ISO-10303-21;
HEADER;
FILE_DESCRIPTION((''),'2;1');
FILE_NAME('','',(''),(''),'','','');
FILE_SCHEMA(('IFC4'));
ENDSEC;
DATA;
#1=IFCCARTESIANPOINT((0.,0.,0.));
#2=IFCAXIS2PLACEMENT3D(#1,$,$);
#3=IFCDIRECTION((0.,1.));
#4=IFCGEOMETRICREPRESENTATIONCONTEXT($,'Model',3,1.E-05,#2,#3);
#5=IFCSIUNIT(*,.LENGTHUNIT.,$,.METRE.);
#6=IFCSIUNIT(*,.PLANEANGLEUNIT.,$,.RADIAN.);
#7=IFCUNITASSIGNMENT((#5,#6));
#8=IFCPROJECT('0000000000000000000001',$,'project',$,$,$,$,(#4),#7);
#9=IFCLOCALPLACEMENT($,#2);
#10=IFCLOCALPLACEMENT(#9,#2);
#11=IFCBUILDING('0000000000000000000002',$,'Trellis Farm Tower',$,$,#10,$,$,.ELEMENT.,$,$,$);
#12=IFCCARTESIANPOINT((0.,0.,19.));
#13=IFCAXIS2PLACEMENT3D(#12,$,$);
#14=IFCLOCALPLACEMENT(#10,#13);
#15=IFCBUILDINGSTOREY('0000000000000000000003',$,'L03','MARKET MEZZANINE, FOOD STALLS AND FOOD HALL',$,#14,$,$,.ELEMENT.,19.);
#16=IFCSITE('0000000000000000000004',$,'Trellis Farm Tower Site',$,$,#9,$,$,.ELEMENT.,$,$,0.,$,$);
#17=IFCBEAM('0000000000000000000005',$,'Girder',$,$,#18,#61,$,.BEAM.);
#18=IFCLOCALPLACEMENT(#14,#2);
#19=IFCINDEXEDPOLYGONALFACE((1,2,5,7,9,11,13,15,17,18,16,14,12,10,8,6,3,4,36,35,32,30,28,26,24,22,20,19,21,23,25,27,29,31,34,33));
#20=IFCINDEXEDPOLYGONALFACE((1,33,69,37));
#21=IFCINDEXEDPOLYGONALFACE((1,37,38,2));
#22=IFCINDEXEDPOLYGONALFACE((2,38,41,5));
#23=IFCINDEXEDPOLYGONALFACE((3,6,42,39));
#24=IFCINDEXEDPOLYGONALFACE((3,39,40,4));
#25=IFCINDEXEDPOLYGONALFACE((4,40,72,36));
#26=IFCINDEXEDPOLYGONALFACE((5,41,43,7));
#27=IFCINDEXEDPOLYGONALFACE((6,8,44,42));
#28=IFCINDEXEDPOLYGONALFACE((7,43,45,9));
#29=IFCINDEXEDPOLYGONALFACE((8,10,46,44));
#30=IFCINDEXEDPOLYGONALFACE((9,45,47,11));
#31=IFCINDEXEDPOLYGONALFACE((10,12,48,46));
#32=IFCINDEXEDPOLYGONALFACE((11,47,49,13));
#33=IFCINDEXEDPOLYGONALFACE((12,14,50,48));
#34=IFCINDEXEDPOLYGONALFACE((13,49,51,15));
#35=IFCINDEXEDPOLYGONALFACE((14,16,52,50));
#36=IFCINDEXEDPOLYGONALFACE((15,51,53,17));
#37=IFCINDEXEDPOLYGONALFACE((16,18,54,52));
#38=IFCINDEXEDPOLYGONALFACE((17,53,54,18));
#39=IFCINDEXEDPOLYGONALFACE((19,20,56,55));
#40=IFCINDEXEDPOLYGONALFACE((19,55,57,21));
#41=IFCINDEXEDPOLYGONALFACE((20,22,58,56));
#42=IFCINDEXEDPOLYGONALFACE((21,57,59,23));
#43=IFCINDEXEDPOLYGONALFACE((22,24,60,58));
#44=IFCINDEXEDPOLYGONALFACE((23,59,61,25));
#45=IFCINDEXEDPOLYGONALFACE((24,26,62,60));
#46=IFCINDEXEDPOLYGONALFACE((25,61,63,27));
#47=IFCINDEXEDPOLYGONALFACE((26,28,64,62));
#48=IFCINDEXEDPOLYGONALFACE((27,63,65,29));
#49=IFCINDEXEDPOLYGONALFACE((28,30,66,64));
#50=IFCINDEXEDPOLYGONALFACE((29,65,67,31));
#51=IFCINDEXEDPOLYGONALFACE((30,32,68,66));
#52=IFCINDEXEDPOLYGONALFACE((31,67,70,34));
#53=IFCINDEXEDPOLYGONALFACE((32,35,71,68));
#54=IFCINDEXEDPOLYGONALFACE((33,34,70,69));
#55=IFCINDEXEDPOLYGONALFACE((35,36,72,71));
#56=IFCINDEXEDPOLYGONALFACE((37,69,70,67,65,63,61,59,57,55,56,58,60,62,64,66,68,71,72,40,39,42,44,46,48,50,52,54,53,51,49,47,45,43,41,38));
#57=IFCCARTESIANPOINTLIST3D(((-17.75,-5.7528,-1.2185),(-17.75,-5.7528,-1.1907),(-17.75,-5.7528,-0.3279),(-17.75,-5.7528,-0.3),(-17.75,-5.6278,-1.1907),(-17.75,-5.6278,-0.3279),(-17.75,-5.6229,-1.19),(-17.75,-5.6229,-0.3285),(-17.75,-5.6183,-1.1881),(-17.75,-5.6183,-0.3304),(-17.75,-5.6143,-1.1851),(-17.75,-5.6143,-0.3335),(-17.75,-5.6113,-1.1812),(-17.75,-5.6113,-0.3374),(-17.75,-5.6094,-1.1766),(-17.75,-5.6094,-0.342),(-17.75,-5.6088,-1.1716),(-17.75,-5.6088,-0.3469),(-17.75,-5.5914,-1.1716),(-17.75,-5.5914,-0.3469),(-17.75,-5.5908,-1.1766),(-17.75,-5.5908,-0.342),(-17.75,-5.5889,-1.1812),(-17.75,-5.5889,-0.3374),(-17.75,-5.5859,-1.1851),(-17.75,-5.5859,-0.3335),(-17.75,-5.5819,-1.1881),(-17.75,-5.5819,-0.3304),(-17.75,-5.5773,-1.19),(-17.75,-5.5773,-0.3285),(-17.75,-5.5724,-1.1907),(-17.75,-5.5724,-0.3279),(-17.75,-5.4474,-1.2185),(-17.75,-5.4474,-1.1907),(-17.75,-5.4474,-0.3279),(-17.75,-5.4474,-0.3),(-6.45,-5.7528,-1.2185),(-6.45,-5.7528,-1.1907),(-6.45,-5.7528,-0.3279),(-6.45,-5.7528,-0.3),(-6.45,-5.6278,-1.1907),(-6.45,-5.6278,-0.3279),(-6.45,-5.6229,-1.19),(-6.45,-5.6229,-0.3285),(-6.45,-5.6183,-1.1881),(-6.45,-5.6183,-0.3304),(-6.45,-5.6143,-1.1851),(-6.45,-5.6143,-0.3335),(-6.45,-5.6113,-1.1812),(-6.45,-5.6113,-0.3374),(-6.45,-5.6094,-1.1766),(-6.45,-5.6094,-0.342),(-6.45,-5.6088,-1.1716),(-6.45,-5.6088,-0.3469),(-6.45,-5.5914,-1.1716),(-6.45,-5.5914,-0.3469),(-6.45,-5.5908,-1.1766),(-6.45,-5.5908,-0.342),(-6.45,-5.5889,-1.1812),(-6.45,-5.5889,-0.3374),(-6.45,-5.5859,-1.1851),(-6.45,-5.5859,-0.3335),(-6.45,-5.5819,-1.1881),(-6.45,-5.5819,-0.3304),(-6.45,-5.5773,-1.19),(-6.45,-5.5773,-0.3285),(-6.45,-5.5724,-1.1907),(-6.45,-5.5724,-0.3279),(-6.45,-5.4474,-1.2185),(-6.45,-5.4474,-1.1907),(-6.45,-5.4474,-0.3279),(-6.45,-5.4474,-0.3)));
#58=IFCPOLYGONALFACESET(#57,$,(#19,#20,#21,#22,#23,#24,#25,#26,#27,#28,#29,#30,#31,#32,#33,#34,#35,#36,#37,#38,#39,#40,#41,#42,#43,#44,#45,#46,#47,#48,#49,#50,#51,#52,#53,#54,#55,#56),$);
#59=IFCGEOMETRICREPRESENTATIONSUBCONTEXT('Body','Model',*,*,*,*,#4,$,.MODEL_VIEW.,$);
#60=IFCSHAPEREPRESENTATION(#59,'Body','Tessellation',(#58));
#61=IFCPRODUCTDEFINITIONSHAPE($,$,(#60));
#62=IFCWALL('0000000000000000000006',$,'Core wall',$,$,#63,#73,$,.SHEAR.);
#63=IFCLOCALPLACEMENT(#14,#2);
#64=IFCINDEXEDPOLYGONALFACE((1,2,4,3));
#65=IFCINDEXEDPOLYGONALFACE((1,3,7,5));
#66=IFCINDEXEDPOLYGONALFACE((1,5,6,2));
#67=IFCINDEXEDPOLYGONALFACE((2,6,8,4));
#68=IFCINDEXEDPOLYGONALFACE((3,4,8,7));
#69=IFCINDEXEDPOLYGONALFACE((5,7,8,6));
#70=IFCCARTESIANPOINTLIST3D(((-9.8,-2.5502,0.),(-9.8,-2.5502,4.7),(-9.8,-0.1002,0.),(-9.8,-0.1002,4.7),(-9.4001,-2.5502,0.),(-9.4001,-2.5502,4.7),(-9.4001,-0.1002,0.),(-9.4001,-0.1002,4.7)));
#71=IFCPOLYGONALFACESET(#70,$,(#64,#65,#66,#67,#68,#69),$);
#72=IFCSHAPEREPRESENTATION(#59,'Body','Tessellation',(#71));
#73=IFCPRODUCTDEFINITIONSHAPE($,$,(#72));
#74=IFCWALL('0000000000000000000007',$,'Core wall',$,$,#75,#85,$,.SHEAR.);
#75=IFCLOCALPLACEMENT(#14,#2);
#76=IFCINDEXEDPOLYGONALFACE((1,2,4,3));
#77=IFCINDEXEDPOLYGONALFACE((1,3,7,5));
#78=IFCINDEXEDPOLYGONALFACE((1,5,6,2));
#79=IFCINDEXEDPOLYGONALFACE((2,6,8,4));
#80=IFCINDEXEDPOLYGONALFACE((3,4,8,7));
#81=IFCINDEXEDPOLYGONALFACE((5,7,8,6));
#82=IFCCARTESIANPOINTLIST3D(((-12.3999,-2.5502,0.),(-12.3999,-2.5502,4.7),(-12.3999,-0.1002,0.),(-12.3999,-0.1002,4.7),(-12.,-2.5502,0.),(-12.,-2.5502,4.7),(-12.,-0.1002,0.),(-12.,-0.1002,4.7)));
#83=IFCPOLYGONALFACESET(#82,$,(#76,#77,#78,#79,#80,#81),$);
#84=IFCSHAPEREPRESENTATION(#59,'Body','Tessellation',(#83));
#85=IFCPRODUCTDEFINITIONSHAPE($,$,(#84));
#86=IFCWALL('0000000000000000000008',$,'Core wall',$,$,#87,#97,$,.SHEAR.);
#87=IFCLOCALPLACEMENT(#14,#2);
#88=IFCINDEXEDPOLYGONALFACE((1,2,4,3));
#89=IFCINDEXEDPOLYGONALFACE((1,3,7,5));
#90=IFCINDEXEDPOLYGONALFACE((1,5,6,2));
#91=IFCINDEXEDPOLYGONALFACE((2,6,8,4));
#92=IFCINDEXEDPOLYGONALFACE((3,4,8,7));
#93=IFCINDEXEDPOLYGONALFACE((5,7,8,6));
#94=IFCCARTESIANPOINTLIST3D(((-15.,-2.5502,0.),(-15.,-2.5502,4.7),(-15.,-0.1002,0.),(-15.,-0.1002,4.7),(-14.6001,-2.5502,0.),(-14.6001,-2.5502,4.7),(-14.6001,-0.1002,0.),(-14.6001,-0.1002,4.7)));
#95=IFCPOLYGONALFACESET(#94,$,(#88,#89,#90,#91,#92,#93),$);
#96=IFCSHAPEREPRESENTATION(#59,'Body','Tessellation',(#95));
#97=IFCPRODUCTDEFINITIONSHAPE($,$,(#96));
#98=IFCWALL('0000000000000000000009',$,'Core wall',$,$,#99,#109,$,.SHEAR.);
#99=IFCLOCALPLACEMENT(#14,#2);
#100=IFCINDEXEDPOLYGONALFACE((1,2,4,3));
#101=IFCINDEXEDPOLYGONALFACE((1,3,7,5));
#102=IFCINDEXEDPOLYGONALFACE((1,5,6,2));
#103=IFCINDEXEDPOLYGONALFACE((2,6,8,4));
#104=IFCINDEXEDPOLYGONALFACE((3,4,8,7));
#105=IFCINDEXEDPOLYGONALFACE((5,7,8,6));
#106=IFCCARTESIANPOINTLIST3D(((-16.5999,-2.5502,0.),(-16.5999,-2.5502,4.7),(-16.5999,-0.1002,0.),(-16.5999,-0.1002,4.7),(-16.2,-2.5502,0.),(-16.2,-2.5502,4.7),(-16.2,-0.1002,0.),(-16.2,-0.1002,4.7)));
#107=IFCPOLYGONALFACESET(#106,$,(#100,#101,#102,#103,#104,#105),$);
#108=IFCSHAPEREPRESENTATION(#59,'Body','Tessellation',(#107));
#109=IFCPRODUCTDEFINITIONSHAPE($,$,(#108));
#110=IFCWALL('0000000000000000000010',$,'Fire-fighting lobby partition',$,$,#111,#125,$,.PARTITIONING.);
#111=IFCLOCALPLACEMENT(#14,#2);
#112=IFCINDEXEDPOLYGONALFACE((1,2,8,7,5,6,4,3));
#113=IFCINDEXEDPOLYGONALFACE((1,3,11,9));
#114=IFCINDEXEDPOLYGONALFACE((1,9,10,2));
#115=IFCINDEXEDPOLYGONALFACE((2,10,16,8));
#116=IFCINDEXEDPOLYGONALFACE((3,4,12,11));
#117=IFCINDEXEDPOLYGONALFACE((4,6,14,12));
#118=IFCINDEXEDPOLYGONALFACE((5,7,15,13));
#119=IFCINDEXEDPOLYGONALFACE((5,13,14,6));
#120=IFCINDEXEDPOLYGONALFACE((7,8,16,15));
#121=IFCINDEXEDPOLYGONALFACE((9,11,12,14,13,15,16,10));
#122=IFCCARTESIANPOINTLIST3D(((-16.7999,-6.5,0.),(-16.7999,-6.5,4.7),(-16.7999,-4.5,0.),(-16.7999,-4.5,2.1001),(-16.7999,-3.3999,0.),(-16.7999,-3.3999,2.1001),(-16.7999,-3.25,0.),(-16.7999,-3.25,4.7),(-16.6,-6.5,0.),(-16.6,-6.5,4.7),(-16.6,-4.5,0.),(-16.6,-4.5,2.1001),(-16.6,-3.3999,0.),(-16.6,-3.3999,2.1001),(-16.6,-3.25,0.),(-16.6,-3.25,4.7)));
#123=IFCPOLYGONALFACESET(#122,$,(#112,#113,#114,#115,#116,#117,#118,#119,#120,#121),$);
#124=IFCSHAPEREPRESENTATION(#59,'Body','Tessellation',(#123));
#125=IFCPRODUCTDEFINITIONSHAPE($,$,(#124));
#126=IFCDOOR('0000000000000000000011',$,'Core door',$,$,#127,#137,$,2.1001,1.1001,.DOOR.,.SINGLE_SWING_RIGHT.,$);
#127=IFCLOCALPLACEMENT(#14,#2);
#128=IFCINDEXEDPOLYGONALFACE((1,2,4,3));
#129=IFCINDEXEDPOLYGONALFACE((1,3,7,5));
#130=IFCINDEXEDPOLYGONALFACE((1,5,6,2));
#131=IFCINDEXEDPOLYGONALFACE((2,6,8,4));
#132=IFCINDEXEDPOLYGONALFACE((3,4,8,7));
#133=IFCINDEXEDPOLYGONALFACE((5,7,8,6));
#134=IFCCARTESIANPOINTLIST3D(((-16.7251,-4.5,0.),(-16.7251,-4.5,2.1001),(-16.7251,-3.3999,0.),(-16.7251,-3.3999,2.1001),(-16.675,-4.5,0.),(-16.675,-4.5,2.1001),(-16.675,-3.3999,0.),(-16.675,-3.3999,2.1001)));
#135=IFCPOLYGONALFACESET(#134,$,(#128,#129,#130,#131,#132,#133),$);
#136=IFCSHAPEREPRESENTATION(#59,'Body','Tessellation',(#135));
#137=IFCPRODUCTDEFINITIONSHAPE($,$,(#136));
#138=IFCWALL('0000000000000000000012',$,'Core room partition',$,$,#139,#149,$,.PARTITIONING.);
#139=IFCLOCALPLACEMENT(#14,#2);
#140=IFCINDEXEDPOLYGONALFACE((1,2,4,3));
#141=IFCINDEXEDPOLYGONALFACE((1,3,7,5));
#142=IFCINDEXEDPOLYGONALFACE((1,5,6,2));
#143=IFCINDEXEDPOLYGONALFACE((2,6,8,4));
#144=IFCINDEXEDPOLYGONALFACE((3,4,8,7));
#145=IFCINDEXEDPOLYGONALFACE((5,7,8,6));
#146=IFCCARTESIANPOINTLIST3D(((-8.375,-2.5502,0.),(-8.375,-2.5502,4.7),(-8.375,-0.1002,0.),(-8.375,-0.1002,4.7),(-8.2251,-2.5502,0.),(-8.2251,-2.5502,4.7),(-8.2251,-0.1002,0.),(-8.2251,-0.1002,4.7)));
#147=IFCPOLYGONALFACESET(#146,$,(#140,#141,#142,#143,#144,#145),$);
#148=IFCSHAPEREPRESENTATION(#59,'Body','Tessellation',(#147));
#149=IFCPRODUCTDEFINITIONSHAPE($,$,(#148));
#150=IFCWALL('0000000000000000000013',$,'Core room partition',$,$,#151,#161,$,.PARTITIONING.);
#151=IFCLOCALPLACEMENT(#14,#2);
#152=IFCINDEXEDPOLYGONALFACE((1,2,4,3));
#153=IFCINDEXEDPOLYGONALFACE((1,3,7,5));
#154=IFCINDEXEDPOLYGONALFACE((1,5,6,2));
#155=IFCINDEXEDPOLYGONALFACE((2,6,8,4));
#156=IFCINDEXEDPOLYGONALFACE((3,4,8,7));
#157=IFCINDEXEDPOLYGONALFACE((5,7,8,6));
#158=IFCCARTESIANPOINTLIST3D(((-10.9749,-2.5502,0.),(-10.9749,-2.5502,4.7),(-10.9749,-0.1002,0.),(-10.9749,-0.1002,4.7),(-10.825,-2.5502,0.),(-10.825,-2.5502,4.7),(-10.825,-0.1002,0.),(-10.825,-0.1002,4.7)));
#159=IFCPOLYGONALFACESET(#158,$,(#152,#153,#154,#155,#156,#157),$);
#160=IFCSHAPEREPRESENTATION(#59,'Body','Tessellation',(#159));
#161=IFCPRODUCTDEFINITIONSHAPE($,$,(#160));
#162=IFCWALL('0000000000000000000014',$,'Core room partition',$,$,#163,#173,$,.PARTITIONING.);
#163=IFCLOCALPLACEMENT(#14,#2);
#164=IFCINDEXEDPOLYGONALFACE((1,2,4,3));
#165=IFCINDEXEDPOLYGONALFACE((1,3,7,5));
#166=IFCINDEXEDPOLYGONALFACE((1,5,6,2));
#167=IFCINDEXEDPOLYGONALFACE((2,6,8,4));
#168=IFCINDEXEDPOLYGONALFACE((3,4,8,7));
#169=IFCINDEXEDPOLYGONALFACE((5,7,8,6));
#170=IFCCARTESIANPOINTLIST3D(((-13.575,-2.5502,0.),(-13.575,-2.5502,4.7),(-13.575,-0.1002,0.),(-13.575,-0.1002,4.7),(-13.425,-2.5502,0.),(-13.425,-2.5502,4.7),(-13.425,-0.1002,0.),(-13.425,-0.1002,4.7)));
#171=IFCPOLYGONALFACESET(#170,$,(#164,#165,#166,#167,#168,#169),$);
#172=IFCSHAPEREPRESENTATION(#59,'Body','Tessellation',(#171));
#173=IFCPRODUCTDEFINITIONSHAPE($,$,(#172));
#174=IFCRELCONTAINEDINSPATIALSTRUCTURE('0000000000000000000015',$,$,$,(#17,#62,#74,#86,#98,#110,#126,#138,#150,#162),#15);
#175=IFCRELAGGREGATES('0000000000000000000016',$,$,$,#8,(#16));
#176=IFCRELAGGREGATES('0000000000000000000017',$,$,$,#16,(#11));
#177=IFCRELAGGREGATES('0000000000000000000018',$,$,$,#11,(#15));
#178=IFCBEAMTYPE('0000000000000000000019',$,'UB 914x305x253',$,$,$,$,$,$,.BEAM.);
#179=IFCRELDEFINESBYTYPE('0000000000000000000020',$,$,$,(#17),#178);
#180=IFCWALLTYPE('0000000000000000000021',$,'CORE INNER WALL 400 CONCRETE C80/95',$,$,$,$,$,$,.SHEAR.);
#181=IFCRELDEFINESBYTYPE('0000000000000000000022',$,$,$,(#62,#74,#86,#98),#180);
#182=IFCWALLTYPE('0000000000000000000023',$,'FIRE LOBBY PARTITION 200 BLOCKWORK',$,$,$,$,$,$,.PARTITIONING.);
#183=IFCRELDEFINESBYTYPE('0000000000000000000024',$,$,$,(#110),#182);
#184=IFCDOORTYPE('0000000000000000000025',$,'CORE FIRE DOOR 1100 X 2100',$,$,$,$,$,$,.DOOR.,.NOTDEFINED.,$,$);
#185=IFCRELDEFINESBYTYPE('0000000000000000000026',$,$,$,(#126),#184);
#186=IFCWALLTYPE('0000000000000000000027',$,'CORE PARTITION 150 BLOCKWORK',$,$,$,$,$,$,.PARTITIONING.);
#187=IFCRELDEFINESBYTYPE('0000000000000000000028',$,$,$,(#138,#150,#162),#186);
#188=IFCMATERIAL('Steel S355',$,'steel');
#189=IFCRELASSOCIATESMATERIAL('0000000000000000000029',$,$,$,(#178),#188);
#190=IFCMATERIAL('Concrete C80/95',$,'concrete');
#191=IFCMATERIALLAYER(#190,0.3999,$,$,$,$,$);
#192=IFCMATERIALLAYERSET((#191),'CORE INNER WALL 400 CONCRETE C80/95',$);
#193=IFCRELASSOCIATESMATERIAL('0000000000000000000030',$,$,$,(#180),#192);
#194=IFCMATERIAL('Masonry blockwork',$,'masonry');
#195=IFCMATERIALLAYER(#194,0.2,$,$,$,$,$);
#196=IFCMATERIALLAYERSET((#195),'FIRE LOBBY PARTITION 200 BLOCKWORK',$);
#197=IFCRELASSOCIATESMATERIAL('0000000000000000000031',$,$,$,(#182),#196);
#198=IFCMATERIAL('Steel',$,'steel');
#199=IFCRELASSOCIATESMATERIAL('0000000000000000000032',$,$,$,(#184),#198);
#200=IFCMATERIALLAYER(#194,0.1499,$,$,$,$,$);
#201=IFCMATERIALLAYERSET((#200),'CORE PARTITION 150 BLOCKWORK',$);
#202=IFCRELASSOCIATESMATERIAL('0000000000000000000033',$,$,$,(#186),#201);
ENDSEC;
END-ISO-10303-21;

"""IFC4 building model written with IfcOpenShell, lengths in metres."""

from ifc_helpers import new_model, si_unit, direction, frame, frame_2d, origin, origin_2d, place, context, subcontext, project, spatial, rectangle, i_section, extrude, source, transform, mapped, material, layer, layer_set, material_profile, profile_set, type_object, element, fill, save


model = new_model("IFC4")

# Units and contexts
model_context = context("Model", 3, precision=1e-05, world=origin(), true_north=direction((0.0, 1.0)))
body_context = subcontext(model_context, "Body", "Model", "MODEL_VIEW")
ifc_project = project(units=[si_unit("LENGTHUNIT", "METRE"), si_unit("PLANEANGLEUNIT", "RADIAN")], contexts=[model_context])

# Site, building, storey
site_placement = place(None, origin())
site = spatial("IfcSite", under=ifc_project, at=site_placement, Name="Trellis Farm Tower Site", CompositionType="ELEMENT", RefElevation=0.0)
building_placement = place(site_placement, origin())
building = spatial("IfcBuilding", under=site, at=building_placement, Name="Trellis Farm Tower", CompositionType="ELEMENT")
storey_placement = place(building_placement, frame((0.0, 0.0, 19.0)))
storey = spatial("IfcBuildingStorey", under=building, at=storey_placement, Name="L03", Description="MARKET MEZZANINE, FOOD STALLS AND FOOD HALL", CompositionType="ELEMENT", Elevation=19.0)

# Beam
ifc_material_1 = material(Name="Steel S355", Category="steel")
ifc_material_profile = material_profile(ifc_material_1, i_section(OverallWidth=0.3054, OverallDepth=0.9185, WebThickness=0.0173, FlangeThickness=0.0278, FilletRadius=0.019, at=origin_2d()), Name="UB 914x305x253")
ifc_profile_set = profile_set([ifc_material_profile], Name="Steel S355")
beam_type = type_object("IfcBeamType", Name="UB 914x305x253", PredefinedType="BEAM", material=ifc_profile_set)
shared_shape_1 = source(origin(), body_context, "Body", "SweptSolid", [
    extrude(i_section(OverallWidth=0.3054, OverallDepth=0.9185, WebThickness=0.0173, FlangeThickness=0.0278, FilletRadius=0.019, at=origin_2d()), origin(), (0.0, 0.0, 1.0), 11.3),
])
beam_placement = place(storey_placement, frame((-17.75, -5.6001, -0.7593), z_axis=(1.0, 0.0, 0.0), x_axis=(0.0, 1.0, 0.0)))
element("IfcBeam", 1, at=beam_placement, inside=storey, type_object=beam_type, Name="Girder", PredefinedType="BEAM", context=body_context, shape_type="MappedRepresentation", body=[
    mapped(shared_shape_1, transform((0.0, 0.0, 0.0))),
])

# Walls
ifc_material_2 = material(Name="Concrete C80/95", Category="concrete")
ifc_layer_1 = layer(ifc_material_2, 0.3999)
ifc_layer_set_1 = layer_set([ifc_layer_1], Name="CORE INNER WALL 400 CONCRETE C80/95")
wall_type_1 = type_object("IfcWallType", Name="CORE INNER WALL 400 CONCRETE C80/95", PredefinedType="SHEAR", material=ifc_layer_set_1)
shared_shape_2 = source(origin(), body_context, "Body", "SweptSolid", [
    extrude(rectangle(XDim=2.45, YDim=0.3999, at=frame_2d((1.2251, 0.0))), origin(), (0.0, 0.0, 1.0), 4.7),
])
for number, where, z_axis, x_axis, name in (
    (2, (-9.6001, -0.1001, 0.0), (0.0, 0.0, 1.0), (0.0, -1.0, 0.0), "Core wall"),
    (3, (-12.2, -0.1001, 0.0), (0.0, 0.0, 1.0), (0.0, -1.0, 0.0), "Core wall"),
    (4, (-14.8, -0.1001, 0.0), (0.0, 0.0, 1.0), (0.0, -1.0, 0.0), "Core wall"),
    (5, (-16.3999, -0.1001, 0.0), (0.0, 0.0, 1.0), (0.0, -1.0, 0.0), "Core wall"),
):
    element("IfcWall", number, at=place(storey_placement, frame(where, z_axis=z_axis, x_axis=x_axis)), inside=storey, type_object=wall_type_1, Name=name, PredefinedType="SHEAR", context=body_context, shape_type="MappedRepresentation", body=[
        mapped(shared_shape_2, transform((0.0, 0.0, 0.0))),
    ])

# Wall, opening, door
ifc_material_3 = material(Name="Masonry blockwork", Category="masonry")
ifc_layer_2 = layer(ifc_material_3, 0.2)
ifc_layer_set_2 = layer_set([ifc_layer_2], Name="FIRE LOBBY PARTITION 200 BLOCKWORK")
wall_type_2 = type_object("IfcWallType", Name="FIRE LOBBY PARTITION 200 BLOCKWORK", PredefinedType="PARTITIONING", material=ifc_layer_set_2)
shared_shape_3 = source(origin(), body_context, "Body", "SweptSolid", [
    extrude(rectangle(XDim=3.25, YDim=0.2, at=frame_2d((1.625, 0.0))), origin(), (0.0, 0.0, 1.0), 4.7),
])
wall_1_placement = place(storey_placement, frame((-16.7, -3.25, 0.0), z_axis=(0.0, 0.0, 1.0), x_axis=(0.0, -1.0, 0.0)))
wall_1 = element("IfcWall", 6, at=wall_1_placement, inside=storey, type_object=wall_type_2, Name="Fire-fighting lobby partition", PredefinedType="PARTITIONING", context=body_context, shape_type="MappedRepresentation", body=[
    mapped(shared_shape_3, transform((0.0, 0.0, 0.0))),
])
shared_shape_4 = source(origin(), body_context, "Body", "SweptSolid", [
    extrude(rectangle(XDim=1.1001, YDim=2.1001, at=frame_2d((0.55, 1.05))), frame((0.0, 0.1101, 0.0), z_axis=(0.0, -1.0, 0.0), x_axis=(1.0, 0.0, 0.0)), (0.0, 0.0, 1.0), 0.2202),
])
opening_1_placement = place(wall_1_placement, frame((0.1499, 0.0, 0.0)))
opening_1 = element("IfcOpeningElement", 7, at=opening_1_placement, cuts=wall_1, PredefinedType="OPENING", context=body_context, shape_type="MappedRepresentation", body=[
    mapped(shared_shape_4, transform((0.0, 0.0, 0.0))),
])
ifc_material_4 = material(Name="Steel", Category="steel")
door_type_1 = type_object("IfcDoorType", Name="CORE FIRE DOOR 1100 X 2100", OperationType="NOTDEFINED", PredefinedType="DOOR", material=ifc_material_4)
shared_shape_5 = source(origin(), body_context, "Body", "SweptSolid", [
    extrude(rectangle(XDim=1.1001, YDim=2.1001, at=frame_2d((0.55, 1.05))), frame((0.0, 0.0249, 0.0), z_axis=(0.0, -1.0, 0.0), x_axis=(1.0, 0.0, 0.0)), (0.0, 0.0, 1.0), 0.05),
])
door_1_placement = place(opening_1_placement, origin())
door_1 = element("IfcDoor", 8, at=door_1_placement, inside=storey, type_object=door_type_1, Name="Core door", OperationType="SINGLE_SWING_RIGHT", OverallHeight=2.1001, OverallWidth=1.1001, PredefinedType="DOOR", context=body_context, shape_type="MappedRepresentation", body=[
    mapped(shared_shape_5, transform((0.0, 0.0, 0.0))),
])
fill(opening_1, door_1)

# Walls
ifc_layer_3 = layer(ifc_material_3, 0.1499)
ifc_layer_set_3 = layer_set([ifc_layer_3], Name="CORE PARTITION 150 BLOCKWORK")
wall_type_3 = type_object("IfcWallType", Name="CORE PARTITION 150 BLOCKWORK", PredefinedType="PARTITIONING", material=ifc_layer_set_3)
shared_shape_6 = source(origin(), body_context, "Body", "SweptSolid", [
    extrude(rectangle(XDim=2.45, YDim=0.1499, at=frame_2d((1.2251, 0.0))), origin(), (0.0, 0.0, 1.0), 4.7),
])
for number, where, z_axis, x_axis, name in (
    (9, (-8.3, -0.1001, 0.0), (0.0, 0.0, 1.0), (0.0, -1.0, 0.0), "Core room partition"),
    (10, (-10.8999, -0.1001, 0.0), (0.0, 0.0, 1.0), (0.0, -1.0, 0.0), "Core room partition"),
    (11, (-13.5, -0.1001, 0.0), (0.0, 0.0, 1.0), (0.0, -1.0, 0.0), "Core room partition"),
):
    element("IfcWall", number, at=place(storey_placement, frame(where, z_axis=z_axis, x_axis=x_axis)), inside=storey, type_object=wall_type_3, Name=name, PredefinedType="PARTITIONING", context=body_context, shape_type="MappedRepresentation", body=[
        mapped(shared_shape_6, transform((0.0, 0.0, 0.0))),
    ])

save(model, "model.ifc")
